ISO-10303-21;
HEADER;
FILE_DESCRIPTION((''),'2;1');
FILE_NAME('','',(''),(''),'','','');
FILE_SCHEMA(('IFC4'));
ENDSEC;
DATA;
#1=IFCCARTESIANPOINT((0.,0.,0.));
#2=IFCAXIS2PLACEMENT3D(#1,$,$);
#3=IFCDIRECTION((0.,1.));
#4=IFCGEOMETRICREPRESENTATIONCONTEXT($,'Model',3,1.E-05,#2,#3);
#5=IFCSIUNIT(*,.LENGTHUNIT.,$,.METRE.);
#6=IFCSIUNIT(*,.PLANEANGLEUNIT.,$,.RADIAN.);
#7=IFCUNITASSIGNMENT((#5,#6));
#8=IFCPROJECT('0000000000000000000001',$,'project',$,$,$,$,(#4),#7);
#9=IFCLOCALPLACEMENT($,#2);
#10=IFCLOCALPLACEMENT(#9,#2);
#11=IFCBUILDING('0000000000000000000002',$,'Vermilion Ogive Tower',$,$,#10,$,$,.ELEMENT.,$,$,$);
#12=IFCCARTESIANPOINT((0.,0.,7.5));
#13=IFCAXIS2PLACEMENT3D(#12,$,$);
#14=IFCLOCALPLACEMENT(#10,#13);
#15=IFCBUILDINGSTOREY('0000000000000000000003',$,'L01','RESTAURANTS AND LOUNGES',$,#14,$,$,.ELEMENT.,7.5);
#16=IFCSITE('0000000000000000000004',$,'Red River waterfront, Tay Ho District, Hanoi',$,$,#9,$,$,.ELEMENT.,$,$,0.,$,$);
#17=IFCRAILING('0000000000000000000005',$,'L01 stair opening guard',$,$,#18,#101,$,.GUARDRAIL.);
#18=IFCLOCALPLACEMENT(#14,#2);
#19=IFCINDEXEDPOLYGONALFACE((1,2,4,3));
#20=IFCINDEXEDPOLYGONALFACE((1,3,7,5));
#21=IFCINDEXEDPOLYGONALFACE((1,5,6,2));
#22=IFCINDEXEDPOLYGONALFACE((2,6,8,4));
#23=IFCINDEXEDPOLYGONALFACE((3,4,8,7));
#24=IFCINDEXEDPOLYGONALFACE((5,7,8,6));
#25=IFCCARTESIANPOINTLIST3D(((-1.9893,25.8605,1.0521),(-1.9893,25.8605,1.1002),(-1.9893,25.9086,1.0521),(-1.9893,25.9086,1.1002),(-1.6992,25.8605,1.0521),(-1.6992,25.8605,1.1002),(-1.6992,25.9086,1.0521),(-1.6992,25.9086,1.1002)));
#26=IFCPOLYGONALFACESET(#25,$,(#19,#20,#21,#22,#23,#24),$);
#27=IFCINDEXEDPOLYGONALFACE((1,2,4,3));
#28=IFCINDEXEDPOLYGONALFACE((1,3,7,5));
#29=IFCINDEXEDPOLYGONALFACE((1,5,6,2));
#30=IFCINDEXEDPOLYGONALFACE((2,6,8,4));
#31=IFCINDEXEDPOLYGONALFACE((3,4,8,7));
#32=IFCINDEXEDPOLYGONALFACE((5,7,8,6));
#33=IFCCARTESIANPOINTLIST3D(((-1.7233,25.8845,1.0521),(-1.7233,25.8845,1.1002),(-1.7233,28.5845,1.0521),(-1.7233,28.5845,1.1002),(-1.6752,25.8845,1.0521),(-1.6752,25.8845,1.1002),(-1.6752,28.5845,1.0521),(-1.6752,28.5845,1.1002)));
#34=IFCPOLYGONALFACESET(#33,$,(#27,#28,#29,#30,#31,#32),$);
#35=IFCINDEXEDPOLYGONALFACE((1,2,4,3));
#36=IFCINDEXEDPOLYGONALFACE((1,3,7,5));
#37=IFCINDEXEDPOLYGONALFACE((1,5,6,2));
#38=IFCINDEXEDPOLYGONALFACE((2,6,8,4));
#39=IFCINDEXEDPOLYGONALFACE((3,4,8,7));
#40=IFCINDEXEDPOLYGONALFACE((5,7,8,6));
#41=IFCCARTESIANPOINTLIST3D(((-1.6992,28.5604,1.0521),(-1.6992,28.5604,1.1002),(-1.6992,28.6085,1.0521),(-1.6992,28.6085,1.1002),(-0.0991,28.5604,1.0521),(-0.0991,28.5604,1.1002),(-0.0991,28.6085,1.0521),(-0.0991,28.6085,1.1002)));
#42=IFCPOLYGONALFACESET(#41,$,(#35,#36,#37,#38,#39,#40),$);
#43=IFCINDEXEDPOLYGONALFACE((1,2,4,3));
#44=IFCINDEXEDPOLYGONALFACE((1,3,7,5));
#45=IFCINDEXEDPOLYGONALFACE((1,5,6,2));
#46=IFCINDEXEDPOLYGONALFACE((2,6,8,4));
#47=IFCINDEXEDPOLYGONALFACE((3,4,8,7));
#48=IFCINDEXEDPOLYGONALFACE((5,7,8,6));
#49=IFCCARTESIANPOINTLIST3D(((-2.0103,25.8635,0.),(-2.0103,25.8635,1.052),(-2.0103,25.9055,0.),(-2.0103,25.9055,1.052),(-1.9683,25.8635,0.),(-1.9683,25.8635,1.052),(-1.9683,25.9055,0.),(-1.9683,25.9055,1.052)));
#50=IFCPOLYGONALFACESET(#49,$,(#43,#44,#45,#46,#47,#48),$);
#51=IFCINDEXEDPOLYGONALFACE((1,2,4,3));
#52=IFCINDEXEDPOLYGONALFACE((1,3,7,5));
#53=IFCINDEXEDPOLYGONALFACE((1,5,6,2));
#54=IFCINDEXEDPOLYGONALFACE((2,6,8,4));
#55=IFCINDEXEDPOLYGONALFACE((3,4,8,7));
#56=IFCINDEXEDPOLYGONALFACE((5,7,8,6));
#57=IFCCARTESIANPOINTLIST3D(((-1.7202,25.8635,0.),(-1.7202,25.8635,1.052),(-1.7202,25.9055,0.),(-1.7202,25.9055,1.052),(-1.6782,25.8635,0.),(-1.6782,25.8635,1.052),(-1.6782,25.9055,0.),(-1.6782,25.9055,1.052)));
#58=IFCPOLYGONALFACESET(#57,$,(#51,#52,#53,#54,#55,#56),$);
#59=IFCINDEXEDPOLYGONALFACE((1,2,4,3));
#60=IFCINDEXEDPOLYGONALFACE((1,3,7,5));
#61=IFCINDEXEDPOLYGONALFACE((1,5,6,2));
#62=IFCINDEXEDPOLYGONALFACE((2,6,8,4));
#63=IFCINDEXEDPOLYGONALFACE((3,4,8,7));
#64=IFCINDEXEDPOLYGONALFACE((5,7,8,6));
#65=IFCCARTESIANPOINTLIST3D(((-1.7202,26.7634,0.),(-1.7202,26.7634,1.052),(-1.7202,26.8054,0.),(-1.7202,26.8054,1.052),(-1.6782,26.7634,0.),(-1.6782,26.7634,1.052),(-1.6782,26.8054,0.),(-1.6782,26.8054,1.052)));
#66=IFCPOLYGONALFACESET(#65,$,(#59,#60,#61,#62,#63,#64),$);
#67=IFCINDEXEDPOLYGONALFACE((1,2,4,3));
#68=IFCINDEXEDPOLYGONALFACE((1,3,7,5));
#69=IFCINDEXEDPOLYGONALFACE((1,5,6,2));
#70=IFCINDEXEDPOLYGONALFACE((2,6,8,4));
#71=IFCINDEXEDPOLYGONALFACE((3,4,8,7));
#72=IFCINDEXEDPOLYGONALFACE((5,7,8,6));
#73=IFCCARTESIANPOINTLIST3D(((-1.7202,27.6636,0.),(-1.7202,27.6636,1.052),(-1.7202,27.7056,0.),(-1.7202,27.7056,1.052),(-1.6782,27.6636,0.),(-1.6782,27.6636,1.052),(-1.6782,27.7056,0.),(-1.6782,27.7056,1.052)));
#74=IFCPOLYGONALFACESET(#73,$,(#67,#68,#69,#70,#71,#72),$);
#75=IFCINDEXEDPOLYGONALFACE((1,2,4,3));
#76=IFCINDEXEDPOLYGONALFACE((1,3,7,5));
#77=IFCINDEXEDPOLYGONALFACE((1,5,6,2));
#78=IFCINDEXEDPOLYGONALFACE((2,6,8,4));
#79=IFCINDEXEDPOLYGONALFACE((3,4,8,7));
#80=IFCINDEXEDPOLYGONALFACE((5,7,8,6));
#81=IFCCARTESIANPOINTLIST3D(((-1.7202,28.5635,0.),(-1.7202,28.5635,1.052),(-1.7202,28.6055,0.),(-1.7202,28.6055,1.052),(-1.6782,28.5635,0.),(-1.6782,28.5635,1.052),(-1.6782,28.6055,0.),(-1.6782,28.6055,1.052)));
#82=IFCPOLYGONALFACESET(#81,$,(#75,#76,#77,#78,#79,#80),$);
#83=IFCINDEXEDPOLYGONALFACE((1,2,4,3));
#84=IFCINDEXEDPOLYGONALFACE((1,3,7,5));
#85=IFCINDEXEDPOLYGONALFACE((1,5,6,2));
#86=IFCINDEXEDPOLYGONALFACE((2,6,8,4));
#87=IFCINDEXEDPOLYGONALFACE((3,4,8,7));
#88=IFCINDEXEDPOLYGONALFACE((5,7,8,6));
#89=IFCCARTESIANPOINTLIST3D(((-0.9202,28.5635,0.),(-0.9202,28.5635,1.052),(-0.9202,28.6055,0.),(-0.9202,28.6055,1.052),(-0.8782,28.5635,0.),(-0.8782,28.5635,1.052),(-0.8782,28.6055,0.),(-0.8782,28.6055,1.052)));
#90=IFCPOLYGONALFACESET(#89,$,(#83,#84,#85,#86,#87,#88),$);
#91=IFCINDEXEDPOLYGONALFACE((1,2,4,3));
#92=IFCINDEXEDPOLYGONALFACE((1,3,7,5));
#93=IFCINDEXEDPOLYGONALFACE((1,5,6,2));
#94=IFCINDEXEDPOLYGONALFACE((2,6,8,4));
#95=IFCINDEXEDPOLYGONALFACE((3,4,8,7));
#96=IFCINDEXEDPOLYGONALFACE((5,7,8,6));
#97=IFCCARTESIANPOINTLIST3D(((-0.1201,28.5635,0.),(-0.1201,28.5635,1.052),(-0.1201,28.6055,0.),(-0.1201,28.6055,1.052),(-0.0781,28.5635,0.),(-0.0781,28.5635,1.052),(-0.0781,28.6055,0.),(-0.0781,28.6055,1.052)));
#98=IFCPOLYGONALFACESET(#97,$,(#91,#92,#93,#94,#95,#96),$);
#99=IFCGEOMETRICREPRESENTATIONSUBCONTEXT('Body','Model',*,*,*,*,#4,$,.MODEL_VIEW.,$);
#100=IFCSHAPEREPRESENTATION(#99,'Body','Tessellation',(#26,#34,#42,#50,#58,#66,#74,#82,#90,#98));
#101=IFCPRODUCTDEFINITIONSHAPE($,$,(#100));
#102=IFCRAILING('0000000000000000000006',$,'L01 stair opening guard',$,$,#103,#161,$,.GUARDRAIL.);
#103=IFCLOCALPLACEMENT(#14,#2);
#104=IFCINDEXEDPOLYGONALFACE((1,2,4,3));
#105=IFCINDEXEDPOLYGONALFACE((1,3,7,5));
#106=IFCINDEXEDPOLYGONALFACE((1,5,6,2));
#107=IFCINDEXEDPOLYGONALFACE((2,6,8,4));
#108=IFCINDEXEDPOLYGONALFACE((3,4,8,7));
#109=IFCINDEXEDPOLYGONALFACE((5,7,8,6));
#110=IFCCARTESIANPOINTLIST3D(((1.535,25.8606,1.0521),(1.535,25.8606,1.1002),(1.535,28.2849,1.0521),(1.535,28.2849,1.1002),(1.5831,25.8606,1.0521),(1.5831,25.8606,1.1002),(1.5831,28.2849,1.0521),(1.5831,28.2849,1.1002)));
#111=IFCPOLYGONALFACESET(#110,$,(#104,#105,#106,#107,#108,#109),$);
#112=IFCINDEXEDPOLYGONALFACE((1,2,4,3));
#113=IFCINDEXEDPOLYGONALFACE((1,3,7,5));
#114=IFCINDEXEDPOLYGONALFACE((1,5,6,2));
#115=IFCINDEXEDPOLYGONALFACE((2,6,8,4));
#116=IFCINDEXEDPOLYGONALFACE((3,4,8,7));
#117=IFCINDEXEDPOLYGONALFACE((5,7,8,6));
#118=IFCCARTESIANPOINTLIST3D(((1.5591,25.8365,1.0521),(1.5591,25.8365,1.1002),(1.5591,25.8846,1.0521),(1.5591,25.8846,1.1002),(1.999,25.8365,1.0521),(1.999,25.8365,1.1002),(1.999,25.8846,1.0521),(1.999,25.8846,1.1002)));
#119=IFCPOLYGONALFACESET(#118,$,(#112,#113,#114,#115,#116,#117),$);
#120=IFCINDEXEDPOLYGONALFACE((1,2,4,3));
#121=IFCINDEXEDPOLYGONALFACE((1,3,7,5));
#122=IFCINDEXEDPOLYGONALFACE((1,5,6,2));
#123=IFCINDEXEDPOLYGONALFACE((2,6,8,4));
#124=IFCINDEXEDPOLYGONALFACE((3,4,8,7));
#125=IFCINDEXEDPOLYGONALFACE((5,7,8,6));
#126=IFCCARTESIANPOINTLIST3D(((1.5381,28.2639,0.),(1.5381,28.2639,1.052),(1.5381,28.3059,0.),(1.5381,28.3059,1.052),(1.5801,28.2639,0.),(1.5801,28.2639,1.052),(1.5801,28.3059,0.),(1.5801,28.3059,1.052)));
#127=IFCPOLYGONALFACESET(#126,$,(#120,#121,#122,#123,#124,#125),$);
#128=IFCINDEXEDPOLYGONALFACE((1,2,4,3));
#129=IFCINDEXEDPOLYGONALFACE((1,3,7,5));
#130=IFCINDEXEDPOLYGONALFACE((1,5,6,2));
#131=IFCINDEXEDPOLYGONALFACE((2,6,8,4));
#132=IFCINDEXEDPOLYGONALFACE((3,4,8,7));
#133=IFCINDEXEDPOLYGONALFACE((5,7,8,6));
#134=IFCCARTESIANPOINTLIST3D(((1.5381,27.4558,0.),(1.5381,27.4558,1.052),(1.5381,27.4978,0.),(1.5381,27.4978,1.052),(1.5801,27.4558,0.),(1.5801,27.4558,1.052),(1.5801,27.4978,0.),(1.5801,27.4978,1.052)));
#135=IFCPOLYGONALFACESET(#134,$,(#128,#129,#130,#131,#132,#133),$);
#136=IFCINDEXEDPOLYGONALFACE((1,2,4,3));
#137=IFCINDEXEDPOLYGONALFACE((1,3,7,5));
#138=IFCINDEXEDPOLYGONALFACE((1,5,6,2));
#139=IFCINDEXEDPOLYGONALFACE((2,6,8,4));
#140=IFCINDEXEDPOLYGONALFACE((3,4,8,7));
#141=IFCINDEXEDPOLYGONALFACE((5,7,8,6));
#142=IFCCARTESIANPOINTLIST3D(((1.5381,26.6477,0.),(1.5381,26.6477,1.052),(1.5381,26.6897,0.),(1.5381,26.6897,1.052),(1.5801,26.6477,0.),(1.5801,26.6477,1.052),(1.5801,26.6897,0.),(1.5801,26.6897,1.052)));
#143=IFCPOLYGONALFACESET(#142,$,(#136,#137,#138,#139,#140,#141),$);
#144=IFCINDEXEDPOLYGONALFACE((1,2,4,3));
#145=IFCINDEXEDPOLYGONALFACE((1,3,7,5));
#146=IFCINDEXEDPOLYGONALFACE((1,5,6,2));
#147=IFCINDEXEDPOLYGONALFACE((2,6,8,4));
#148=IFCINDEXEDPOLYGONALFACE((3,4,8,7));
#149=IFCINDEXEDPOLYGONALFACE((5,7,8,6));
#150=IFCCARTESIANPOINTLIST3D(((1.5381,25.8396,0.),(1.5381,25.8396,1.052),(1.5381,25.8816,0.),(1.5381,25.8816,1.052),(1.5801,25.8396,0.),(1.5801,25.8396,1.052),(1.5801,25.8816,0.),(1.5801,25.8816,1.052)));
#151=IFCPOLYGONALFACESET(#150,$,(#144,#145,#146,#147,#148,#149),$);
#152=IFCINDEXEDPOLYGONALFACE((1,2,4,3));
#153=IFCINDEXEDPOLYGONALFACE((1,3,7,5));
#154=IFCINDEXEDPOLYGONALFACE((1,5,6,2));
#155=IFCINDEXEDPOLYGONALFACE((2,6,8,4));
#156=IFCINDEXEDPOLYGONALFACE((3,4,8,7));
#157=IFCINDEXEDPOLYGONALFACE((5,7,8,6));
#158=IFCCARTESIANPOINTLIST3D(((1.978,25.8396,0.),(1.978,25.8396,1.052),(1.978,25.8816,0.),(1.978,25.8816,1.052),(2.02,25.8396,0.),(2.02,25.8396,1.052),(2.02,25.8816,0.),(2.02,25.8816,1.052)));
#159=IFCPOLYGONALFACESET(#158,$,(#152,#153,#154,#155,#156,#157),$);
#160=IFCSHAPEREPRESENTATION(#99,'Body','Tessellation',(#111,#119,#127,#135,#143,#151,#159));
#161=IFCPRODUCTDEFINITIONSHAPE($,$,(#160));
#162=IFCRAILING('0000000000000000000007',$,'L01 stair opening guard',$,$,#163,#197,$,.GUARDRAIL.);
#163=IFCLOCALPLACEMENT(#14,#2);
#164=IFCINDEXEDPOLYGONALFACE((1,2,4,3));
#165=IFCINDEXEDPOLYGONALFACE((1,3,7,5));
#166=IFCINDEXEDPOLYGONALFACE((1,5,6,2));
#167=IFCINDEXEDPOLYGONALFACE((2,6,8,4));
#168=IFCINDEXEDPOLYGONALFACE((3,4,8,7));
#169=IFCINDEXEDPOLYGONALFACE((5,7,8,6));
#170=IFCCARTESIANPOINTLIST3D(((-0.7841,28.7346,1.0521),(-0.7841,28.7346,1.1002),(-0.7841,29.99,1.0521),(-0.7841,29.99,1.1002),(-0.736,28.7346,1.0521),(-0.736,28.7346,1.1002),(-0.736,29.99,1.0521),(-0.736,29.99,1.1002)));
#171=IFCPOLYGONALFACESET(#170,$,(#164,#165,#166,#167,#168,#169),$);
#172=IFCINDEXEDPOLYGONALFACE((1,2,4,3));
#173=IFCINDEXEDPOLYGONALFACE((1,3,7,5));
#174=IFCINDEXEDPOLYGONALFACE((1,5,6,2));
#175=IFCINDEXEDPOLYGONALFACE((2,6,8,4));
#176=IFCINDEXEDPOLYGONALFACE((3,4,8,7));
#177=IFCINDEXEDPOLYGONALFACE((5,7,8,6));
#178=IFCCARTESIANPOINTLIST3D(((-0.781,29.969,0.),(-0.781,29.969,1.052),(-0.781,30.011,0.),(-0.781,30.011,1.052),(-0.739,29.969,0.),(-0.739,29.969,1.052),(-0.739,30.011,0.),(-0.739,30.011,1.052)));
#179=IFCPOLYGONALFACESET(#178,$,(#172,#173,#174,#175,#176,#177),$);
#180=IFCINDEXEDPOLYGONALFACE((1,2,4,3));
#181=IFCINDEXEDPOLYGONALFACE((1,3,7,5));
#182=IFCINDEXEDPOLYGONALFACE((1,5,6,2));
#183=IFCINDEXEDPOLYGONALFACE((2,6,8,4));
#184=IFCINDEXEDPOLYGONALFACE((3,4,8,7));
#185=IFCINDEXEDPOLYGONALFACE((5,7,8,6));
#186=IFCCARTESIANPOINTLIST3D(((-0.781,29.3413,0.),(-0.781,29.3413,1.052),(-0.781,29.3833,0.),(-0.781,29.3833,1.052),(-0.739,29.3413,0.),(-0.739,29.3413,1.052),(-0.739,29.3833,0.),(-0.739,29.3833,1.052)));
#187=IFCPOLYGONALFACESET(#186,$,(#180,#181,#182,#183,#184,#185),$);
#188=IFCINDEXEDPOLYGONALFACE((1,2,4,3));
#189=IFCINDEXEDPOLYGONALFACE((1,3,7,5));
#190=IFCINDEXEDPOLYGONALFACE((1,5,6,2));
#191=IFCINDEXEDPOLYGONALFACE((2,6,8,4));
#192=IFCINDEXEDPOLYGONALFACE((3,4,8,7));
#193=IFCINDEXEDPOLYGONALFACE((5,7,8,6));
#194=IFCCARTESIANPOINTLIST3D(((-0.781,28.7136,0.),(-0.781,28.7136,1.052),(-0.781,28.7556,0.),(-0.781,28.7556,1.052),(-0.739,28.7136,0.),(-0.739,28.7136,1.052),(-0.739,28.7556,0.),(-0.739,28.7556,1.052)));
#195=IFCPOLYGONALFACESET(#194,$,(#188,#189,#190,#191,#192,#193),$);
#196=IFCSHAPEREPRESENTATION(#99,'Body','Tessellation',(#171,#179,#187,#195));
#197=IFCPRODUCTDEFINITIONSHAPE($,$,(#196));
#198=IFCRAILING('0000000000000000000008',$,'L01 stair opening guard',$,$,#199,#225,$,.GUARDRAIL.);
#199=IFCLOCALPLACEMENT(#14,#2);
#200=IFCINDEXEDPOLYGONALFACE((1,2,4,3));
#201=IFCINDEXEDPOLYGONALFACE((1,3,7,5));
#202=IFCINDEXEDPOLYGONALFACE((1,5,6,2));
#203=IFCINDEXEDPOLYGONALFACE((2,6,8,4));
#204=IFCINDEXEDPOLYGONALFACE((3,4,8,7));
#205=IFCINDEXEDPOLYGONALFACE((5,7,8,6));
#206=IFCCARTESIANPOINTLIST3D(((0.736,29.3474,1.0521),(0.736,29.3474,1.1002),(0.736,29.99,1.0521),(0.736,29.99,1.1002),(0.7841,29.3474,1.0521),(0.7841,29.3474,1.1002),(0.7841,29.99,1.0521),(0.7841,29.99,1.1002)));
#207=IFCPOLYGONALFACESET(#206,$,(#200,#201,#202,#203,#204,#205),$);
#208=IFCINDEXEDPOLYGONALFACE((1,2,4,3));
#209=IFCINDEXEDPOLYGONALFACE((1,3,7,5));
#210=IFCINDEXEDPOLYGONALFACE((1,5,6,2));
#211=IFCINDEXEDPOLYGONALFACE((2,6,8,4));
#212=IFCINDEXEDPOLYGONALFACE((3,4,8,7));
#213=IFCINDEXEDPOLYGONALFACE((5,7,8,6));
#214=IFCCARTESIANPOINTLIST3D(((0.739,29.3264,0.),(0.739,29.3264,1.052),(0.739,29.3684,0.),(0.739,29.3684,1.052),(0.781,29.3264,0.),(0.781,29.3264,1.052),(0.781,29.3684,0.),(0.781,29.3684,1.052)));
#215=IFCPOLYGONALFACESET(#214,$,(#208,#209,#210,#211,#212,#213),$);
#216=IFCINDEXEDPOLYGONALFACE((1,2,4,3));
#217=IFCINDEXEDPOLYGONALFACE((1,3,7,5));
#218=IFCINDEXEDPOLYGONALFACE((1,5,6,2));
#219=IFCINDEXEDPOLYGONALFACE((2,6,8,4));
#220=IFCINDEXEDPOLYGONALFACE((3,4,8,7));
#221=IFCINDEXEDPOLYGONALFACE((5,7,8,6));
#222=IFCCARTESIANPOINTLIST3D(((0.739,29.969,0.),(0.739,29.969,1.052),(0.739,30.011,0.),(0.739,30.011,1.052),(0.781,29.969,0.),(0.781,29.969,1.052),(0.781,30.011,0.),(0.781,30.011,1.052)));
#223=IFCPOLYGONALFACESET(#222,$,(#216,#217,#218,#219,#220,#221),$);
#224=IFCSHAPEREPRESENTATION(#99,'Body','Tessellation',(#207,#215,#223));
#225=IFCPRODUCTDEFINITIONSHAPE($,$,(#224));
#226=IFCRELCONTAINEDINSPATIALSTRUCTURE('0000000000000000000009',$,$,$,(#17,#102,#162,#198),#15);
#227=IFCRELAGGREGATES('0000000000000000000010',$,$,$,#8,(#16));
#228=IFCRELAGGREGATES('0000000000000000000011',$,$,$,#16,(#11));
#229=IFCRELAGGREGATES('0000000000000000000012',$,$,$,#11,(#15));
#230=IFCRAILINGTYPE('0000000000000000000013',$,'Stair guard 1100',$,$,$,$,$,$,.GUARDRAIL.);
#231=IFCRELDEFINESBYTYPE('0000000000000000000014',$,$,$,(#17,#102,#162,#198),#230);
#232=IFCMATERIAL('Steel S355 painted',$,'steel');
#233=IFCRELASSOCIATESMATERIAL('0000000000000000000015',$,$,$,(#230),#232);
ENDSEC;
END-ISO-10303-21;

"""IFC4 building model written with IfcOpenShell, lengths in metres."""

from ifc_helpers import new_model, si_unit, direction, frame, origin, origin_2d, place, context, subcontext, project, spatial, rectangle, extrude, material, type_object, element, save


model = new_model("IFC4")

# Units and contexts
model_context = context("Model", 3, precision=1e-05, world=origin(), true_north=direction((0.0, 1.0)))
body_context = subcontext(model_context, "Body", "Model", "MODEL_VIEW")
ifc_project = project(units=[si_unit("LENGTHUNIT", "METRE"), si_unit("PLANEANGLEUNIT", "RADIAN")], contexts=[model_context])

# Site, building, storey
site_placement = place(None, origin())
site = spatial("IfcSite", under=ifc_project, at=site_placement, Name="Red River waterfront, Tay Ho District, Hanoi", CompositionType="ELEMENT", RefElevation=0.0)
building_placement = place(site_placement, origin())
building = spatial("IfcBuilding", under=site, at=building_placement, Name="Vermilion Ogive Tower", CompositionType="ELEMENT")
storey_placement = place(building_placement, frame((0.0, 0.0, 7.5)))
storey = spatial("IfcBuildingStorey", under=building, at=storey_placement, Name="L01", Description="RESTAURANTS AND LOUNGES", CompositionType="ELEMENT", Elevation=7.5)

# Railings
ifc_material_1 = material(Name="Steel S355 painted", Category="steel")
railing_type_1 = type_object("IfcRailingType", Name="Stair guard 1100", PredefinedType="GUARDRAIL", material=ifc_material_1)
railing_1_placement = place(storey_placement, frame((-1.9893, 25.8845, 0.0)))
element("IfcRailing", 1, at=railing_1_placement, inside=storey, type_object=railing_type_1, Name="L01 stair opening guard", PredefinedType="GUARDRAIL", context=body_context, shape_type="SweptSolid", body=[
    extrude(rectangle(XDim=0.0481, YDim=0.0481, at=origin_2d()), frame((0.0, 0.0, 1.0762), z_axis=(1.0, 0.0, 0.0), x_axis=(0.0, 1.0, 0.0)), (0.0, 0.0, 1.0), 0.29),
    extrude(rectangle(XDim=0.0481, YDim=0.0481, at=origin_2d()), frame((0.29, 0.0, 1.0762), z_axis=(0.0, 1.0, 0.0), x_axis=(-1.0, 0.0, 0.0)), (0.0, 0.0, 1.0), 2.7),
    extrude(rectangle(XDim=0.0481, YDim=0.0481, at=origin_2d()), frame((0.29, 2.7, 1.0762), z_axis=(1.0, 0.0, 0.0), x_axis=(0.0, 1.0, 0.0)), (0.0, 0.0, 1.0), 1.6001),
    extrude(rectangle(XDim=0.042, YDim=0.042, at=origin_2d()), origin(), (0.0, 0.0, 1.0), 1.052),
    extrude(rectangle(XDim=0.042, YDim=0.042, at=origin_2d()), frame((0.29, 0.0, 0.0)), (0.0, 0.0, 1.0), 1.052),
    extrude(rectangle(XDim=0.042, YDim=0.042, at=origin_2d()), frame((0.29, 0.8999, 0.0)), (0.0, 0.0, 1.0), 1.052),
    extrude(rectangle(XDim=0.042, YDim=0.042, at=origin_2d()), frame((0.29, 1.8, 0.0)), (0.0, 0.0, 1.0), 1.052),
    extrude(rectangle(XDim=0.042, YDim=0.042, at=origin_2d()), frame((0.29, 2.7, 0.0)), (0.0, 0.0, 1.0), 1.052),
    extrude(rectangle(XDim=0.042, YDim=0.042, at=origin_2d()), frame((1.0901, 2.7, 0.0)), (0.0, 0.0, 1.0), 1.052),
    extrude(rectangle(XDim=0.042, YDim=0.042, at=origin_2d()), frame((1.8901, 2.7, 0.0)), (0.0, 0.0, 1.0), 1.052),
])
railing_2_placement = place(storey_placement, frame((1.5591, 28.2849, 0.0)))
element("IfcRailing", 2, at=railing_2_placement, inside=storey, type_object=railing_type_1, Name="L01 stair opening guard", PredefinedType="GUARDRAIL", context=body_context, shape_type="SweptSolid", body=[
    extrude(rectangle(XDim=0.0481, YDim=0.0481, at=origin_2d()), frame((0.0, 0.0, 1.0762), z_axis=(0.0, -1.0, 0.0), x_axis=(1.0, 0.0, 0.0)), (0.0, 0.0, 1.0), 2.4243),
    extrude(rectangle(XDim=0.0481, YDim=0.0481, at=origin_2d()), frame((0.0, -2.4243, 1.0762), z_axis=(1.0, 0.0, 0.0), x_axis=(0.0, 1.0, 0.0)), (0.0, 0.0, 1.0), 0.4399),
    extrude(rectangle(XDim=0.042, YDim=0.042, at=origin_2d()), origin(), (0.0, 0.0, 1.0), 1.052),
    extrude(rectangle(XDim=0.042, YDim=0.042, at=origin_2d()), frame((0.0, -0.8081, 0.0)), (0.0, 0.0, 1.0), 1.052),
    extrude(rectangle(XDim=0.042, YDim=0.042, at=origin_2d()), frame((0.0, -1.6162, 0.0)), (0.0, 0.0, 1.0), 1.052),
    extrude(rectangle(XDim=0.042, YDim=0.042, at=origin_2d()), frame((0.0, -2.4243, 0.0)), (0.0, 0.0, 1.0), 1.052),
    extrude(rectangle(XDim=0.042, YDim=0.042, at=origin_2d()), frame((0.4399, -2.4243, 0.0)), (0.0, 0.0, 1.0), 1.052),
])
railing_3_placement = place(storey_placement, frame((-0.76, 29.99, 0.0)))
element("IfcRailing", 3, at=railing_3_placement, inside=storey, type_object=railing_type_1, Name="L01 stair opening guard", PredefinedType="GUARDRAIL", context=body_context, shape_type="SweptSolid", body=[
    extrude(rectangle(XDim=0.0481, YDim=0.0481, at=origin_2d()), frame((0.0, 0.0, 1.0762), z_axis=(0.0, -1.0, 0.0), x_axis=(1.0, 0.0, 0.0)), (0.0, 0.0, 1.0), 1.2554),
    extrude(rectangle(XDim=0.042, YDim=0.042, at=origin_2d()), origin(), (0.0, 0.0, 1.0), 1.052),
    extrude(rectangle(XDim=0.042, YDim=0.042, at=origin_2d()), frame((0.0, -0.6277, 0.0)), (0.0, 0.0, 1.0), 1.052),
    extrude(rectangle(XDim=0.042, YDim=0.042, at=origin_2d()), frame((0.0, -1.2554, 0.0)), (0.0, 0.0, 1.0), 1.052),
])
railing_4_placement = place(storey_placement, frame((0.76, 29.3474, 0.0)))
element("IfcRailing", 4, at=railing_4_placement, inside=storey, type_object=railing_type_1, Name="L01 stair opening guard", PredefinedType="GUARDRAIL", context=body_context, shape_type="SweptSolid", body=[
    extrude(rectangle(XDim=0.0481, YDim=0.0481, at=origin_2d()), frame((0.0, 0.0, 1.0762), z_axis=(0.0, 1.0, 0.0), x_axis=(-1.0, 0.0, 0.0)), (0.0, 0.0, 1.0), 0.6426),
    extrude(rectangle(XDim=0.042, YDim=0.042, at=origin_2d()), origin(), (0.0, 0.0, 1.0), 1.052),
    extrude(rectangle(XDim=0.042, YDim=0.042, at=origin_2d()), frame((0.0, 0.6426, 0.0)), (0.0, 0.0, 1.0), 1.052),
])

save(model, "model.ifc")
